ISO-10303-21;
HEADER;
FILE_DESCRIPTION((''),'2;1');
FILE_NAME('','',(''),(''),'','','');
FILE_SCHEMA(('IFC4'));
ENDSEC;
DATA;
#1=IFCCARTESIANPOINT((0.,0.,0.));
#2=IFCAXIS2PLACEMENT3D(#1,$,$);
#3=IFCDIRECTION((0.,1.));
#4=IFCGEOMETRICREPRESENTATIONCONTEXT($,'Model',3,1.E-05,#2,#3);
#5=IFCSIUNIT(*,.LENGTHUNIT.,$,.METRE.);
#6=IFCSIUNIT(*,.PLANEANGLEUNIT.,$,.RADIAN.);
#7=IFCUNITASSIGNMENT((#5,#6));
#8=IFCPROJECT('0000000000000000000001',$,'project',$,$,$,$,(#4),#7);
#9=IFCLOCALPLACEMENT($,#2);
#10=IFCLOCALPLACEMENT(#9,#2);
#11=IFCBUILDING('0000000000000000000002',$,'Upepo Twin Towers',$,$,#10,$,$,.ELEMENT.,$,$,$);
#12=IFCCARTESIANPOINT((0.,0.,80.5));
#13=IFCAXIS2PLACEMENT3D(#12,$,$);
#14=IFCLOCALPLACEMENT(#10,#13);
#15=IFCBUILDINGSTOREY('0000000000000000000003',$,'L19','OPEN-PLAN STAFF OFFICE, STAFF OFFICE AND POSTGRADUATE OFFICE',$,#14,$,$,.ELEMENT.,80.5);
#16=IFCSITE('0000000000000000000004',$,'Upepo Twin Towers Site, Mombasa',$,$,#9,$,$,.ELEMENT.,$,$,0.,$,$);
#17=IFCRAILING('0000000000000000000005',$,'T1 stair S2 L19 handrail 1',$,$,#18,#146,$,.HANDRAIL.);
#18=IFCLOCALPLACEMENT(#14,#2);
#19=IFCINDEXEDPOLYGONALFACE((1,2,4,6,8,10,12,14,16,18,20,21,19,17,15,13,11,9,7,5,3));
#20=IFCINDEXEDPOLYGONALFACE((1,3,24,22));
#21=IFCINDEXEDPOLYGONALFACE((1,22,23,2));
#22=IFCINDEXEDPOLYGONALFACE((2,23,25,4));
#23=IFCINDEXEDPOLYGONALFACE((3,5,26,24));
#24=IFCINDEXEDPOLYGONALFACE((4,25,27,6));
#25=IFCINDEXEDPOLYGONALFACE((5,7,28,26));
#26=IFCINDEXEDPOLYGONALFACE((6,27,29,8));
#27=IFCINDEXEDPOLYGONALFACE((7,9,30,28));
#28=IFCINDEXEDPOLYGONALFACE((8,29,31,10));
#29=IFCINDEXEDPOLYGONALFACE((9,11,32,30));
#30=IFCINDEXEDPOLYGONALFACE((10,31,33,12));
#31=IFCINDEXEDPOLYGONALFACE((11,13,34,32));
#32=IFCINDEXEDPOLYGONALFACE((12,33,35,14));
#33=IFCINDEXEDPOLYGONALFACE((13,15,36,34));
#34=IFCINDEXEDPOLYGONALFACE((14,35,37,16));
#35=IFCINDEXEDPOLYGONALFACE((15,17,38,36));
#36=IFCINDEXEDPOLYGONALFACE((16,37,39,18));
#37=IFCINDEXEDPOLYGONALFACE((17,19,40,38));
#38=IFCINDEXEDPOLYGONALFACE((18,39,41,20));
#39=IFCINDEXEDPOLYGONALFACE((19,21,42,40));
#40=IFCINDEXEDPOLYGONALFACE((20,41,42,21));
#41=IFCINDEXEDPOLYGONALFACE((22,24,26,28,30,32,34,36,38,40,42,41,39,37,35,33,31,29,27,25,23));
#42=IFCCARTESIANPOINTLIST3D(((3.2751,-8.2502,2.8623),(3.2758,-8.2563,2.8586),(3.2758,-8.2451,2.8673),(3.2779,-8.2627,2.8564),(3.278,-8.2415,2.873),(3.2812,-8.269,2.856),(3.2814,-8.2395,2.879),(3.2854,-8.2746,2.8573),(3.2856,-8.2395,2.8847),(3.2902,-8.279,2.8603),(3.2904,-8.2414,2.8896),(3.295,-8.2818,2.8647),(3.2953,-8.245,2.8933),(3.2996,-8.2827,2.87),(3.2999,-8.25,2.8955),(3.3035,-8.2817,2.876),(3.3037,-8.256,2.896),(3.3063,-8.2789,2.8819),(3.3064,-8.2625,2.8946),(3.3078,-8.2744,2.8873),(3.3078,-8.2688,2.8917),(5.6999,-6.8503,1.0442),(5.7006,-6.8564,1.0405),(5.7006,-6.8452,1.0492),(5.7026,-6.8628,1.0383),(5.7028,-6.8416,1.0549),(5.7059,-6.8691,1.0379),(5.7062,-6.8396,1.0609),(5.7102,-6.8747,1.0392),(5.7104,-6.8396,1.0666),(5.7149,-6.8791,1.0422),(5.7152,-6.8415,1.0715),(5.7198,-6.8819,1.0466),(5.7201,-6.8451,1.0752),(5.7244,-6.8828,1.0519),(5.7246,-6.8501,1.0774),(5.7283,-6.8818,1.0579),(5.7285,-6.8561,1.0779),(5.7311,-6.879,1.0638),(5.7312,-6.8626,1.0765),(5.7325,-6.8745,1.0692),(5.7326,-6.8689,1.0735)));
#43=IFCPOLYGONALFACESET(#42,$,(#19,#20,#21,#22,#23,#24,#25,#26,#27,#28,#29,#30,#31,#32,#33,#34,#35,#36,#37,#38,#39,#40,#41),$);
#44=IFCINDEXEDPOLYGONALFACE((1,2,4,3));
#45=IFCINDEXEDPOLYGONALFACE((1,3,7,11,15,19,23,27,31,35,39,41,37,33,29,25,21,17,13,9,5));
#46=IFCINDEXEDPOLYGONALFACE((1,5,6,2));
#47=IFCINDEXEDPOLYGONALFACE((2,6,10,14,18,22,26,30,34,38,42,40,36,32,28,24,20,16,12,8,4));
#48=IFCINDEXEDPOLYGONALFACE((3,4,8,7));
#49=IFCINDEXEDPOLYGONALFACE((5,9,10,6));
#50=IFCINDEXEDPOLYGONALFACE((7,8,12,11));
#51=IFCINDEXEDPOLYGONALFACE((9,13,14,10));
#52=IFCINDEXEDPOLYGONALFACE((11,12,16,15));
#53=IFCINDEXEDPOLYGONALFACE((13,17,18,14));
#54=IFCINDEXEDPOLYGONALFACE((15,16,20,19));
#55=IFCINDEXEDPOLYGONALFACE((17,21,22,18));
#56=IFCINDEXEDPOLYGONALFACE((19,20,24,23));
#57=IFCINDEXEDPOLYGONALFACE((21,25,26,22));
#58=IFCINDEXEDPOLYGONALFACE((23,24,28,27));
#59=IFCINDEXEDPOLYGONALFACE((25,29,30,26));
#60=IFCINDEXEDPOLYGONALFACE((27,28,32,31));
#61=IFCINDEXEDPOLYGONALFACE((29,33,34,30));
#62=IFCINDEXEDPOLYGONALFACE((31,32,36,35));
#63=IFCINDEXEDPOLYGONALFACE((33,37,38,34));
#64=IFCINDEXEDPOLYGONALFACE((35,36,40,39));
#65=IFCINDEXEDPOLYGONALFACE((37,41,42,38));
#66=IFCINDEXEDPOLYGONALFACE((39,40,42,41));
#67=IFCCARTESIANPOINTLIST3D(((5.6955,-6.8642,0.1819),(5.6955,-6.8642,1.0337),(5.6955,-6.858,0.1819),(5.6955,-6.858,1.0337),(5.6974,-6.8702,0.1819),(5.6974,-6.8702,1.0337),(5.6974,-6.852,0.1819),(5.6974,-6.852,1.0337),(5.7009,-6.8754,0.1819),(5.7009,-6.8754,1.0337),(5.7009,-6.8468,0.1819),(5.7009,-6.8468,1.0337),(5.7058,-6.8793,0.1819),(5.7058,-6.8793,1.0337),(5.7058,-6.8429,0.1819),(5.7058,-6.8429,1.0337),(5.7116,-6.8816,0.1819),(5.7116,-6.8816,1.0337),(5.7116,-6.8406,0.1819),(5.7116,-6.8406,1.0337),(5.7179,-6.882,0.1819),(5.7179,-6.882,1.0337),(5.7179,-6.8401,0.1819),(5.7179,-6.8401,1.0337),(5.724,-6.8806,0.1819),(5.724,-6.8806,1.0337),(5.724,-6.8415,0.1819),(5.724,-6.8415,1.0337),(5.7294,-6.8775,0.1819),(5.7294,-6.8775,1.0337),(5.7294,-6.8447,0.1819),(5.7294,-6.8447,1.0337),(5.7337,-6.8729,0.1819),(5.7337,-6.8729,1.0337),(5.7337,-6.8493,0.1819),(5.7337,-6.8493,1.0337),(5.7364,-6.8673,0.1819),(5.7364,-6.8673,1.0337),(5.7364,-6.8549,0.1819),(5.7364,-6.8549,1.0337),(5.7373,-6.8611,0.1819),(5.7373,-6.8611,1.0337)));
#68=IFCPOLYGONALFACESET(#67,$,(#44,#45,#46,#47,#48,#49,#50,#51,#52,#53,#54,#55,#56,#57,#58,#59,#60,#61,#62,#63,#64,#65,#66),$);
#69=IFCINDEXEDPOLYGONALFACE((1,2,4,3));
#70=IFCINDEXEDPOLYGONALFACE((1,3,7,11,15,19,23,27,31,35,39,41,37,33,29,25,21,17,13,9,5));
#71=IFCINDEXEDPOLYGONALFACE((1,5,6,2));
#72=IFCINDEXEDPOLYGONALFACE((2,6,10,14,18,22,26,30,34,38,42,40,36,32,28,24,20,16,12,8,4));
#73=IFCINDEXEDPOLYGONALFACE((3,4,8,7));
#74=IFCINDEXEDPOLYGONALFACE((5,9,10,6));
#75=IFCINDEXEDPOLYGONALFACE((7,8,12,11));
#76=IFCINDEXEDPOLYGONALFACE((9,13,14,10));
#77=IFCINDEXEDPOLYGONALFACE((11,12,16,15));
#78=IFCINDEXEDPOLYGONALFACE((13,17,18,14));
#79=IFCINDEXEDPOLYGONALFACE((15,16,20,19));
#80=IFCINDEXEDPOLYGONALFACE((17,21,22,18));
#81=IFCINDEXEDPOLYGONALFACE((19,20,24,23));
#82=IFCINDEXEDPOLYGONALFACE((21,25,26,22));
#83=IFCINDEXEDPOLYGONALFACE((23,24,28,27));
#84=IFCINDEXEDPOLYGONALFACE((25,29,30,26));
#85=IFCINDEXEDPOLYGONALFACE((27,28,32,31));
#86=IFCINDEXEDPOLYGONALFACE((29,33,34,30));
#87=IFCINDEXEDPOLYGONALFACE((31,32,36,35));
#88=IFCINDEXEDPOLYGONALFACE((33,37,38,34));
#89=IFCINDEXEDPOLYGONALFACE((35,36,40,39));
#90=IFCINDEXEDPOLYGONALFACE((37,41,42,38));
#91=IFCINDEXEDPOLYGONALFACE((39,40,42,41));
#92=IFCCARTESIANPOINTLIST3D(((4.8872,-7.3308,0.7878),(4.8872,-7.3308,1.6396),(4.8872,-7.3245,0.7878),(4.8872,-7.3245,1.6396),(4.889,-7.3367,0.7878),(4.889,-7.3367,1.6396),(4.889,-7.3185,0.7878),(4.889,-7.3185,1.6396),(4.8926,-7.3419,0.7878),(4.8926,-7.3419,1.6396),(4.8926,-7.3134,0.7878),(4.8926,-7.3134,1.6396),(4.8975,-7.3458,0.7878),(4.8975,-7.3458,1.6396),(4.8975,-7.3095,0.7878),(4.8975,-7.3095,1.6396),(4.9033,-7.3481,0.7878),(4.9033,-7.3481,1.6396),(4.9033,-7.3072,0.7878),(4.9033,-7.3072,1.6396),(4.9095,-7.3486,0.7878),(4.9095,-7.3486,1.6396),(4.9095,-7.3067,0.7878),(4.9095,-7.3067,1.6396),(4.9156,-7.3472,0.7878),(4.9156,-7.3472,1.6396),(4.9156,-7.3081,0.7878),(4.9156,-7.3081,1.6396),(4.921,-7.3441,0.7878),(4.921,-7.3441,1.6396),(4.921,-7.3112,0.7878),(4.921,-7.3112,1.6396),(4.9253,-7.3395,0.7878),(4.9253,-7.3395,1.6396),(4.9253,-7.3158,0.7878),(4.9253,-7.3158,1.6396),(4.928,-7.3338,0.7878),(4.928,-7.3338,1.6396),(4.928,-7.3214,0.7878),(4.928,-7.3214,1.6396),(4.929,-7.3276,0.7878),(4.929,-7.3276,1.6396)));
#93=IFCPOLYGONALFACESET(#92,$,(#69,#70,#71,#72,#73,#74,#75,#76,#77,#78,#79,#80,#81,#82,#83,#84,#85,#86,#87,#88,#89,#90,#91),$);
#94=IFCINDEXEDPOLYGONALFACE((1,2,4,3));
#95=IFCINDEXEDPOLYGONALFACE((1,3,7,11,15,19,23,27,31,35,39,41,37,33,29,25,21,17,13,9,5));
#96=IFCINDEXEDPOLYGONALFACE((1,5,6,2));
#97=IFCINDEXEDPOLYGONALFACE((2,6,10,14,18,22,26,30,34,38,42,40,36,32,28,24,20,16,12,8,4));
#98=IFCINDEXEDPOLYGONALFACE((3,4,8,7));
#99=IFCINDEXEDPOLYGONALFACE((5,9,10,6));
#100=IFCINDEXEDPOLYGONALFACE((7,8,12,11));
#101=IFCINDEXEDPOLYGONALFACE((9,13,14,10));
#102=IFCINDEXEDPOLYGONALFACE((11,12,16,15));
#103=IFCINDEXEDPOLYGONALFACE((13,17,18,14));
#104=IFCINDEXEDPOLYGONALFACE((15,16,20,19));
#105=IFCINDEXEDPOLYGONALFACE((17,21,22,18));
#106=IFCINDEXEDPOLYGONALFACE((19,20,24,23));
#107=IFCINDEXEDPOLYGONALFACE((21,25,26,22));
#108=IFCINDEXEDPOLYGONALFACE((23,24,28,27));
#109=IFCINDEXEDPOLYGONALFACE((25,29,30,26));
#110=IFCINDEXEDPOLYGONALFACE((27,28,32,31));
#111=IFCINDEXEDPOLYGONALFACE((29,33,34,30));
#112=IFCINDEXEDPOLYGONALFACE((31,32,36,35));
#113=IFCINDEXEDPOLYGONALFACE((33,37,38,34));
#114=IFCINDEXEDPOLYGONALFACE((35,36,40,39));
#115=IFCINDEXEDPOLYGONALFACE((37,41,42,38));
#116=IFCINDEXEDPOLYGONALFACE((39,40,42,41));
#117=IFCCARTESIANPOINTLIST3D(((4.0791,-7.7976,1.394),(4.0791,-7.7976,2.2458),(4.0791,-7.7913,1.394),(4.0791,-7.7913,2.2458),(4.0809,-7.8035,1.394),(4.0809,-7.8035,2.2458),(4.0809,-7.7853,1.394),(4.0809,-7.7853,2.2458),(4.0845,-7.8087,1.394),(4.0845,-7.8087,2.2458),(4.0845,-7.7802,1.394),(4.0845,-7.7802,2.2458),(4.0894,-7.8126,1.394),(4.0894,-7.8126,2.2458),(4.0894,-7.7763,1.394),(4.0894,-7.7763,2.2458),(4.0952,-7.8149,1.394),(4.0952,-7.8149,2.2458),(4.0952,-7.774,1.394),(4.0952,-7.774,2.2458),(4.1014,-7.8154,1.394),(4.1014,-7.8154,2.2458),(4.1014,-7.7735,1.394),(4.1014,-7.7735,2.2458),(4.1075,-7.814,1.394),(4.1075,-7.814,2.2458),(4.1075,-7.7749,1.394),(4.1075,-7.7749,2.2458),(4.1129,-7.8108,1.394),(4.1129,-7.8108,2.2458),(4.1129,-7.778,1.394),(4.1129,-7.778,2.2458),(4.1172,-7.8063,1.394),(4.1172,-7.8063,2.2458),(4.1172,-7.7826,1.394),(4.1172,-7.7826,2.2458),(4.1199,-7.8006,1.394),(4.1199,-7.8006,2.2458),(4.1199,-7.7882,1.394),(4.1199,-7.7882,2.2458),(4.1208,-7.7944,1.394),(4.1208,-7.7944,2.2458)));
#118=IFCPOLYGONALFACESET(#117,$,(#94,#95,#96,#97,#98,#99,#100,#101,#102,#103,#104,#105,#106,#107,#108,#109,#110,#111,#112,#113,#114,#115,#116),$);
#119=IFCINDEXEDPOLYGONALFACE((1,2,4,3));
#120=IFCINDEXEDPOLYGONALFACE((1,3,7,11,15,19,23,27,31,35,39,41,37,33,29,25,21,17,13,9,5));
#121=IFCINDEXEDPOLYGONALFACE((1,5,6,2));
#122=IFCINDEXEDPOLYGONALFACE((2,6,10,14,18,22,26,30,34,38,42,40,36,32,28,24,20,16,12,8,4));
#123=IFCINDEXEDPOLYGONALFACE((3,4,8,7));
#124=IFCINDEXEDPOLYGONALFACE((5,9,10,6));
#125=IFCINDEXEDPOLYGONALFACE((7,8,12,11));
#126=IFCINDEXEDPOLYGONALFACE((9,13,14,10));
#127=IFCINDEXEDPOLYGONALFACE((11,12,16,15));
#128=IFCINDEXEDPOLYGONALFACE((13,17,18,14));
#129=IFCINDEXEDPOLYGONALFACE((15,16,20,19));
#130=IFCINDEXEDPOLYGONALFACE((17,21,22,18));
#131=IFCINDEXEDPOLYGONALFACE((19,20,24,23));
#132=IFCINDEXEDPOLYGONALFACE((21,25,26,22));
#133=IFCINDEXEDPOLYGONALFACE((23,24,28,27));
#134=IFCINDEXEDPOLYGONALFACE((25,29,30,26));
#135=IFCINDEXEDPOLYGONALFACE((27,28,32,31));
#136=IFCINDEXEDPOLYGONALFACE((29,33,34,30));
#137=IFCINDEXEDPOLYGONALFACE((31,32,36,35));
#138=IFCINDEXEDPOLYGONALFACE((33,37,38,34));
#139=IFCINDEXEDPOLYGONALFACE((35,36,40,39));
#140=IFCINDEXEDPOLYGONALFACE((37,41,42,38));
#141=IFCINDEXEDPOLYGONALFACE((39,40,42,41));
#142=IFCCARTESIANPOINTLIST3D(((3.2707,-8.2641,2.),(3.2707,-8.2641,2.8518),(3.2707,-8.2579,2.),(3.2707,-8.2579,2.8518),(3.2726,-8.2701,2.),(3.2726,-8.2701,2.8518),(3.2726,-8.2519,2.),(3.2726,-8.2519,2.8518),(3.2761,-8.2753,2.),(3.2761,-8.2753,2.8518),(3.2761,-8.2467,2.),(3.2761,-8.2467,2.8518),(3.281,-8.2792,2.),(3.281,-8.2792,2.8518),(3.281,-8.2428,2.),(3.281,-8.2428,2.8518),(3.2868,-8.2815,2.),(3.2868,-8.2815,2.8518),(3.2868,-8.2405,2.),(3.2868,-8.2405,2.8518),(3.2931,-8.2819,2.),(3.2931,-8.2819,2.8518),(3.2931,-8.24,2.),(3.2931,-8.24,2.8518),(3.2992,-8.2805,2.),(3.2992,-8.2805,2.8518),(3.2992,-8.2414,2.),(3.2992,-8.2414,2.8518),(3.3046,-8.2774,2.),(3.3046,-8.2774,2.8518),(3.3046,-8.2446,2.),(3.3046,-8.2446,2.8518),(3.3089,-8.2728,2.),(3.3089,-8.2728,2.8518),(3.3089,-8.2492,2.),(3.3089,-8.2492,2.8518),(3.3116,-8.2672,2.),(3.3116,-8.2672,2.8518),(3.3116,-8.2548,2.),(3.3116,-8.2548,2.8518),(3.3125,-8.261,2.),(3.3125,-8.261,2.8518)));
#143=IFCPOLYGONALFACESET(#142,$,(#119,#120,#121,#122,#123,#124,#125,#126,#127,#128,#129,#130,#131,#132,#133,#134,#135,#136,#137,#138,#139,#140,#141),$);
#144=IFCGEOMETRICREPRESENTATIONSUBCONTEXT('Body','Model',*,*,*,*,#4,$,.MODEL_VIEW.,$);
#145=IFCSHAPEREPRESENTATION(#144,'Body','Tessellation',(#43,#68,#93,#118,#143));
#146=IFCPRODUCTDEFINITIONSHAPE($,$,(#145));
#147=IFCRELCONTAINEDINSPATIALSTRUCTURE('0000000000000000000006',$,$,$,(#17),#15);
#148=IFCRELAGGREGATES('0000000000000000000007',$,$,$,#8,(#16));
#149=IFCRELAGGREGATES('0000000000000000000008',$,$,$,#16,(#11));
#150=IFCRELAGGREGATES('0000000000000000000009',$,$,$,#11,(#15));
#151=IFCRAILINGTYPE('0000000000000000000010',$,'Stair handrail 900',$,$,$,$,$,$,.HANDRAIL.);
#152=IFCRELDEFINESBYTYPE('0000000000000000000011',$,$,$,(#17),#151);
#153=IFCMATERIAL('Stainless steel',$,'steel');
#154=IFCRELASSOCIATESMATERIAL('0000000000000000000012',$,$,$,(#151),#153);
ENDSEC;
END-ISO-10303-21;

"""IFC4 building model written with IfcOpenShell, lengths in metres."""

from ifc_helpers import new_model, si_unit, direction, frame, origin, origin_2d, place, context, subcontext, project, spatial, circle, extrude, material, type_object, element, save


model = new_model("IFC4")

# Units and contexts
model_context = context("Model", 3, precision=1e-05, world=origin(), true_north=direction((0.0, 1.0)))
body_context = subcontext(model_context, "Body", "Model", "MODEL_VIEW")
ifc_project = project(units=[si_unit("LENGTHUNIT", "METRE"), si_unit("PLANEANGLEUNIT", "RADIAN")], contexts=[model_context])

# Site, building, storey
site_placement = place(None, origin())
site = spatial("IfcSite", under=ifc_project, at=site_placement, Name="Upepo Twin Towers Site, Mombasa", CompositionType="ELEMENT", RefElevation=0.0)
building_placement = place(site_placement, origin())
building = spatial("IfcBuilding", under=site, at=building_placement, Name="Upepo Twin Towers", CompositionType="ELEMENT")
storey_placement = place(building_placement, frame((0.0, 0.0, 80.5)))
storey = spatial("IfcBuildingStorey", under=building, at=storey_placement, Name="L19", Description="OPEN-PLAN STAFF OFFICE, STAFF OFFICE AND POSTGRADUATE OFFICE", CompositionType="ELEMENT", Elevation=80.5)

# Railing
ifc_material_1 = material(Name="Stainless steel", Category="steel")
railing_type = type_object("IfcRailingType", Name="Stair handrail 900", PredefinedType="HANDRAIL", material=ifc_material_1)
railing_placement = place(storey_placement, frame((5.7163, -6.8611, 0.1819)))
element("IfcRailing", 1, at=railing_placement, inside=storey, type_object=railing_type, Name="T1 stair S2 L19 handrail 1", PredefinedType="HANDRAIL", context=body_context, shape_type="SweptSolid", body=[
    extrude(circle(Radius=0.0239, at=origin_2d()), frame((0.0, 0.0, 0.876), z_axis=(-0.726336, -0.419333, 0.544606), x_axis=(0.499984, -0.866035, 0.0)), (0.0, 0.0, 1.0), 3.3384),
    extrude(circle(Radius=0.021, at=origin_2d()), origin(), (0.0, 0.0, 1.0), 0.8518),
    extrude(circle(Radius=0.021, at=origin_2d()), frame((-0.8083, -0.4666, 0.606)), (0.0, 0.0, 1.0), 0.8518),
    extrude(circle(Radius=0.021, at=origin_2d()), frame((-1.6165, -0.9333, 1.2122)), (0.0, 0.0, 1.0), 0.8518),
    extrude(circle(Radius=0.021, at=origin_2d()), frame((-2.4248, -1.3999, 1.8181)), (0.0, 0.0, 1.0), 0.8518),
])

save(model, "model.ifc")
